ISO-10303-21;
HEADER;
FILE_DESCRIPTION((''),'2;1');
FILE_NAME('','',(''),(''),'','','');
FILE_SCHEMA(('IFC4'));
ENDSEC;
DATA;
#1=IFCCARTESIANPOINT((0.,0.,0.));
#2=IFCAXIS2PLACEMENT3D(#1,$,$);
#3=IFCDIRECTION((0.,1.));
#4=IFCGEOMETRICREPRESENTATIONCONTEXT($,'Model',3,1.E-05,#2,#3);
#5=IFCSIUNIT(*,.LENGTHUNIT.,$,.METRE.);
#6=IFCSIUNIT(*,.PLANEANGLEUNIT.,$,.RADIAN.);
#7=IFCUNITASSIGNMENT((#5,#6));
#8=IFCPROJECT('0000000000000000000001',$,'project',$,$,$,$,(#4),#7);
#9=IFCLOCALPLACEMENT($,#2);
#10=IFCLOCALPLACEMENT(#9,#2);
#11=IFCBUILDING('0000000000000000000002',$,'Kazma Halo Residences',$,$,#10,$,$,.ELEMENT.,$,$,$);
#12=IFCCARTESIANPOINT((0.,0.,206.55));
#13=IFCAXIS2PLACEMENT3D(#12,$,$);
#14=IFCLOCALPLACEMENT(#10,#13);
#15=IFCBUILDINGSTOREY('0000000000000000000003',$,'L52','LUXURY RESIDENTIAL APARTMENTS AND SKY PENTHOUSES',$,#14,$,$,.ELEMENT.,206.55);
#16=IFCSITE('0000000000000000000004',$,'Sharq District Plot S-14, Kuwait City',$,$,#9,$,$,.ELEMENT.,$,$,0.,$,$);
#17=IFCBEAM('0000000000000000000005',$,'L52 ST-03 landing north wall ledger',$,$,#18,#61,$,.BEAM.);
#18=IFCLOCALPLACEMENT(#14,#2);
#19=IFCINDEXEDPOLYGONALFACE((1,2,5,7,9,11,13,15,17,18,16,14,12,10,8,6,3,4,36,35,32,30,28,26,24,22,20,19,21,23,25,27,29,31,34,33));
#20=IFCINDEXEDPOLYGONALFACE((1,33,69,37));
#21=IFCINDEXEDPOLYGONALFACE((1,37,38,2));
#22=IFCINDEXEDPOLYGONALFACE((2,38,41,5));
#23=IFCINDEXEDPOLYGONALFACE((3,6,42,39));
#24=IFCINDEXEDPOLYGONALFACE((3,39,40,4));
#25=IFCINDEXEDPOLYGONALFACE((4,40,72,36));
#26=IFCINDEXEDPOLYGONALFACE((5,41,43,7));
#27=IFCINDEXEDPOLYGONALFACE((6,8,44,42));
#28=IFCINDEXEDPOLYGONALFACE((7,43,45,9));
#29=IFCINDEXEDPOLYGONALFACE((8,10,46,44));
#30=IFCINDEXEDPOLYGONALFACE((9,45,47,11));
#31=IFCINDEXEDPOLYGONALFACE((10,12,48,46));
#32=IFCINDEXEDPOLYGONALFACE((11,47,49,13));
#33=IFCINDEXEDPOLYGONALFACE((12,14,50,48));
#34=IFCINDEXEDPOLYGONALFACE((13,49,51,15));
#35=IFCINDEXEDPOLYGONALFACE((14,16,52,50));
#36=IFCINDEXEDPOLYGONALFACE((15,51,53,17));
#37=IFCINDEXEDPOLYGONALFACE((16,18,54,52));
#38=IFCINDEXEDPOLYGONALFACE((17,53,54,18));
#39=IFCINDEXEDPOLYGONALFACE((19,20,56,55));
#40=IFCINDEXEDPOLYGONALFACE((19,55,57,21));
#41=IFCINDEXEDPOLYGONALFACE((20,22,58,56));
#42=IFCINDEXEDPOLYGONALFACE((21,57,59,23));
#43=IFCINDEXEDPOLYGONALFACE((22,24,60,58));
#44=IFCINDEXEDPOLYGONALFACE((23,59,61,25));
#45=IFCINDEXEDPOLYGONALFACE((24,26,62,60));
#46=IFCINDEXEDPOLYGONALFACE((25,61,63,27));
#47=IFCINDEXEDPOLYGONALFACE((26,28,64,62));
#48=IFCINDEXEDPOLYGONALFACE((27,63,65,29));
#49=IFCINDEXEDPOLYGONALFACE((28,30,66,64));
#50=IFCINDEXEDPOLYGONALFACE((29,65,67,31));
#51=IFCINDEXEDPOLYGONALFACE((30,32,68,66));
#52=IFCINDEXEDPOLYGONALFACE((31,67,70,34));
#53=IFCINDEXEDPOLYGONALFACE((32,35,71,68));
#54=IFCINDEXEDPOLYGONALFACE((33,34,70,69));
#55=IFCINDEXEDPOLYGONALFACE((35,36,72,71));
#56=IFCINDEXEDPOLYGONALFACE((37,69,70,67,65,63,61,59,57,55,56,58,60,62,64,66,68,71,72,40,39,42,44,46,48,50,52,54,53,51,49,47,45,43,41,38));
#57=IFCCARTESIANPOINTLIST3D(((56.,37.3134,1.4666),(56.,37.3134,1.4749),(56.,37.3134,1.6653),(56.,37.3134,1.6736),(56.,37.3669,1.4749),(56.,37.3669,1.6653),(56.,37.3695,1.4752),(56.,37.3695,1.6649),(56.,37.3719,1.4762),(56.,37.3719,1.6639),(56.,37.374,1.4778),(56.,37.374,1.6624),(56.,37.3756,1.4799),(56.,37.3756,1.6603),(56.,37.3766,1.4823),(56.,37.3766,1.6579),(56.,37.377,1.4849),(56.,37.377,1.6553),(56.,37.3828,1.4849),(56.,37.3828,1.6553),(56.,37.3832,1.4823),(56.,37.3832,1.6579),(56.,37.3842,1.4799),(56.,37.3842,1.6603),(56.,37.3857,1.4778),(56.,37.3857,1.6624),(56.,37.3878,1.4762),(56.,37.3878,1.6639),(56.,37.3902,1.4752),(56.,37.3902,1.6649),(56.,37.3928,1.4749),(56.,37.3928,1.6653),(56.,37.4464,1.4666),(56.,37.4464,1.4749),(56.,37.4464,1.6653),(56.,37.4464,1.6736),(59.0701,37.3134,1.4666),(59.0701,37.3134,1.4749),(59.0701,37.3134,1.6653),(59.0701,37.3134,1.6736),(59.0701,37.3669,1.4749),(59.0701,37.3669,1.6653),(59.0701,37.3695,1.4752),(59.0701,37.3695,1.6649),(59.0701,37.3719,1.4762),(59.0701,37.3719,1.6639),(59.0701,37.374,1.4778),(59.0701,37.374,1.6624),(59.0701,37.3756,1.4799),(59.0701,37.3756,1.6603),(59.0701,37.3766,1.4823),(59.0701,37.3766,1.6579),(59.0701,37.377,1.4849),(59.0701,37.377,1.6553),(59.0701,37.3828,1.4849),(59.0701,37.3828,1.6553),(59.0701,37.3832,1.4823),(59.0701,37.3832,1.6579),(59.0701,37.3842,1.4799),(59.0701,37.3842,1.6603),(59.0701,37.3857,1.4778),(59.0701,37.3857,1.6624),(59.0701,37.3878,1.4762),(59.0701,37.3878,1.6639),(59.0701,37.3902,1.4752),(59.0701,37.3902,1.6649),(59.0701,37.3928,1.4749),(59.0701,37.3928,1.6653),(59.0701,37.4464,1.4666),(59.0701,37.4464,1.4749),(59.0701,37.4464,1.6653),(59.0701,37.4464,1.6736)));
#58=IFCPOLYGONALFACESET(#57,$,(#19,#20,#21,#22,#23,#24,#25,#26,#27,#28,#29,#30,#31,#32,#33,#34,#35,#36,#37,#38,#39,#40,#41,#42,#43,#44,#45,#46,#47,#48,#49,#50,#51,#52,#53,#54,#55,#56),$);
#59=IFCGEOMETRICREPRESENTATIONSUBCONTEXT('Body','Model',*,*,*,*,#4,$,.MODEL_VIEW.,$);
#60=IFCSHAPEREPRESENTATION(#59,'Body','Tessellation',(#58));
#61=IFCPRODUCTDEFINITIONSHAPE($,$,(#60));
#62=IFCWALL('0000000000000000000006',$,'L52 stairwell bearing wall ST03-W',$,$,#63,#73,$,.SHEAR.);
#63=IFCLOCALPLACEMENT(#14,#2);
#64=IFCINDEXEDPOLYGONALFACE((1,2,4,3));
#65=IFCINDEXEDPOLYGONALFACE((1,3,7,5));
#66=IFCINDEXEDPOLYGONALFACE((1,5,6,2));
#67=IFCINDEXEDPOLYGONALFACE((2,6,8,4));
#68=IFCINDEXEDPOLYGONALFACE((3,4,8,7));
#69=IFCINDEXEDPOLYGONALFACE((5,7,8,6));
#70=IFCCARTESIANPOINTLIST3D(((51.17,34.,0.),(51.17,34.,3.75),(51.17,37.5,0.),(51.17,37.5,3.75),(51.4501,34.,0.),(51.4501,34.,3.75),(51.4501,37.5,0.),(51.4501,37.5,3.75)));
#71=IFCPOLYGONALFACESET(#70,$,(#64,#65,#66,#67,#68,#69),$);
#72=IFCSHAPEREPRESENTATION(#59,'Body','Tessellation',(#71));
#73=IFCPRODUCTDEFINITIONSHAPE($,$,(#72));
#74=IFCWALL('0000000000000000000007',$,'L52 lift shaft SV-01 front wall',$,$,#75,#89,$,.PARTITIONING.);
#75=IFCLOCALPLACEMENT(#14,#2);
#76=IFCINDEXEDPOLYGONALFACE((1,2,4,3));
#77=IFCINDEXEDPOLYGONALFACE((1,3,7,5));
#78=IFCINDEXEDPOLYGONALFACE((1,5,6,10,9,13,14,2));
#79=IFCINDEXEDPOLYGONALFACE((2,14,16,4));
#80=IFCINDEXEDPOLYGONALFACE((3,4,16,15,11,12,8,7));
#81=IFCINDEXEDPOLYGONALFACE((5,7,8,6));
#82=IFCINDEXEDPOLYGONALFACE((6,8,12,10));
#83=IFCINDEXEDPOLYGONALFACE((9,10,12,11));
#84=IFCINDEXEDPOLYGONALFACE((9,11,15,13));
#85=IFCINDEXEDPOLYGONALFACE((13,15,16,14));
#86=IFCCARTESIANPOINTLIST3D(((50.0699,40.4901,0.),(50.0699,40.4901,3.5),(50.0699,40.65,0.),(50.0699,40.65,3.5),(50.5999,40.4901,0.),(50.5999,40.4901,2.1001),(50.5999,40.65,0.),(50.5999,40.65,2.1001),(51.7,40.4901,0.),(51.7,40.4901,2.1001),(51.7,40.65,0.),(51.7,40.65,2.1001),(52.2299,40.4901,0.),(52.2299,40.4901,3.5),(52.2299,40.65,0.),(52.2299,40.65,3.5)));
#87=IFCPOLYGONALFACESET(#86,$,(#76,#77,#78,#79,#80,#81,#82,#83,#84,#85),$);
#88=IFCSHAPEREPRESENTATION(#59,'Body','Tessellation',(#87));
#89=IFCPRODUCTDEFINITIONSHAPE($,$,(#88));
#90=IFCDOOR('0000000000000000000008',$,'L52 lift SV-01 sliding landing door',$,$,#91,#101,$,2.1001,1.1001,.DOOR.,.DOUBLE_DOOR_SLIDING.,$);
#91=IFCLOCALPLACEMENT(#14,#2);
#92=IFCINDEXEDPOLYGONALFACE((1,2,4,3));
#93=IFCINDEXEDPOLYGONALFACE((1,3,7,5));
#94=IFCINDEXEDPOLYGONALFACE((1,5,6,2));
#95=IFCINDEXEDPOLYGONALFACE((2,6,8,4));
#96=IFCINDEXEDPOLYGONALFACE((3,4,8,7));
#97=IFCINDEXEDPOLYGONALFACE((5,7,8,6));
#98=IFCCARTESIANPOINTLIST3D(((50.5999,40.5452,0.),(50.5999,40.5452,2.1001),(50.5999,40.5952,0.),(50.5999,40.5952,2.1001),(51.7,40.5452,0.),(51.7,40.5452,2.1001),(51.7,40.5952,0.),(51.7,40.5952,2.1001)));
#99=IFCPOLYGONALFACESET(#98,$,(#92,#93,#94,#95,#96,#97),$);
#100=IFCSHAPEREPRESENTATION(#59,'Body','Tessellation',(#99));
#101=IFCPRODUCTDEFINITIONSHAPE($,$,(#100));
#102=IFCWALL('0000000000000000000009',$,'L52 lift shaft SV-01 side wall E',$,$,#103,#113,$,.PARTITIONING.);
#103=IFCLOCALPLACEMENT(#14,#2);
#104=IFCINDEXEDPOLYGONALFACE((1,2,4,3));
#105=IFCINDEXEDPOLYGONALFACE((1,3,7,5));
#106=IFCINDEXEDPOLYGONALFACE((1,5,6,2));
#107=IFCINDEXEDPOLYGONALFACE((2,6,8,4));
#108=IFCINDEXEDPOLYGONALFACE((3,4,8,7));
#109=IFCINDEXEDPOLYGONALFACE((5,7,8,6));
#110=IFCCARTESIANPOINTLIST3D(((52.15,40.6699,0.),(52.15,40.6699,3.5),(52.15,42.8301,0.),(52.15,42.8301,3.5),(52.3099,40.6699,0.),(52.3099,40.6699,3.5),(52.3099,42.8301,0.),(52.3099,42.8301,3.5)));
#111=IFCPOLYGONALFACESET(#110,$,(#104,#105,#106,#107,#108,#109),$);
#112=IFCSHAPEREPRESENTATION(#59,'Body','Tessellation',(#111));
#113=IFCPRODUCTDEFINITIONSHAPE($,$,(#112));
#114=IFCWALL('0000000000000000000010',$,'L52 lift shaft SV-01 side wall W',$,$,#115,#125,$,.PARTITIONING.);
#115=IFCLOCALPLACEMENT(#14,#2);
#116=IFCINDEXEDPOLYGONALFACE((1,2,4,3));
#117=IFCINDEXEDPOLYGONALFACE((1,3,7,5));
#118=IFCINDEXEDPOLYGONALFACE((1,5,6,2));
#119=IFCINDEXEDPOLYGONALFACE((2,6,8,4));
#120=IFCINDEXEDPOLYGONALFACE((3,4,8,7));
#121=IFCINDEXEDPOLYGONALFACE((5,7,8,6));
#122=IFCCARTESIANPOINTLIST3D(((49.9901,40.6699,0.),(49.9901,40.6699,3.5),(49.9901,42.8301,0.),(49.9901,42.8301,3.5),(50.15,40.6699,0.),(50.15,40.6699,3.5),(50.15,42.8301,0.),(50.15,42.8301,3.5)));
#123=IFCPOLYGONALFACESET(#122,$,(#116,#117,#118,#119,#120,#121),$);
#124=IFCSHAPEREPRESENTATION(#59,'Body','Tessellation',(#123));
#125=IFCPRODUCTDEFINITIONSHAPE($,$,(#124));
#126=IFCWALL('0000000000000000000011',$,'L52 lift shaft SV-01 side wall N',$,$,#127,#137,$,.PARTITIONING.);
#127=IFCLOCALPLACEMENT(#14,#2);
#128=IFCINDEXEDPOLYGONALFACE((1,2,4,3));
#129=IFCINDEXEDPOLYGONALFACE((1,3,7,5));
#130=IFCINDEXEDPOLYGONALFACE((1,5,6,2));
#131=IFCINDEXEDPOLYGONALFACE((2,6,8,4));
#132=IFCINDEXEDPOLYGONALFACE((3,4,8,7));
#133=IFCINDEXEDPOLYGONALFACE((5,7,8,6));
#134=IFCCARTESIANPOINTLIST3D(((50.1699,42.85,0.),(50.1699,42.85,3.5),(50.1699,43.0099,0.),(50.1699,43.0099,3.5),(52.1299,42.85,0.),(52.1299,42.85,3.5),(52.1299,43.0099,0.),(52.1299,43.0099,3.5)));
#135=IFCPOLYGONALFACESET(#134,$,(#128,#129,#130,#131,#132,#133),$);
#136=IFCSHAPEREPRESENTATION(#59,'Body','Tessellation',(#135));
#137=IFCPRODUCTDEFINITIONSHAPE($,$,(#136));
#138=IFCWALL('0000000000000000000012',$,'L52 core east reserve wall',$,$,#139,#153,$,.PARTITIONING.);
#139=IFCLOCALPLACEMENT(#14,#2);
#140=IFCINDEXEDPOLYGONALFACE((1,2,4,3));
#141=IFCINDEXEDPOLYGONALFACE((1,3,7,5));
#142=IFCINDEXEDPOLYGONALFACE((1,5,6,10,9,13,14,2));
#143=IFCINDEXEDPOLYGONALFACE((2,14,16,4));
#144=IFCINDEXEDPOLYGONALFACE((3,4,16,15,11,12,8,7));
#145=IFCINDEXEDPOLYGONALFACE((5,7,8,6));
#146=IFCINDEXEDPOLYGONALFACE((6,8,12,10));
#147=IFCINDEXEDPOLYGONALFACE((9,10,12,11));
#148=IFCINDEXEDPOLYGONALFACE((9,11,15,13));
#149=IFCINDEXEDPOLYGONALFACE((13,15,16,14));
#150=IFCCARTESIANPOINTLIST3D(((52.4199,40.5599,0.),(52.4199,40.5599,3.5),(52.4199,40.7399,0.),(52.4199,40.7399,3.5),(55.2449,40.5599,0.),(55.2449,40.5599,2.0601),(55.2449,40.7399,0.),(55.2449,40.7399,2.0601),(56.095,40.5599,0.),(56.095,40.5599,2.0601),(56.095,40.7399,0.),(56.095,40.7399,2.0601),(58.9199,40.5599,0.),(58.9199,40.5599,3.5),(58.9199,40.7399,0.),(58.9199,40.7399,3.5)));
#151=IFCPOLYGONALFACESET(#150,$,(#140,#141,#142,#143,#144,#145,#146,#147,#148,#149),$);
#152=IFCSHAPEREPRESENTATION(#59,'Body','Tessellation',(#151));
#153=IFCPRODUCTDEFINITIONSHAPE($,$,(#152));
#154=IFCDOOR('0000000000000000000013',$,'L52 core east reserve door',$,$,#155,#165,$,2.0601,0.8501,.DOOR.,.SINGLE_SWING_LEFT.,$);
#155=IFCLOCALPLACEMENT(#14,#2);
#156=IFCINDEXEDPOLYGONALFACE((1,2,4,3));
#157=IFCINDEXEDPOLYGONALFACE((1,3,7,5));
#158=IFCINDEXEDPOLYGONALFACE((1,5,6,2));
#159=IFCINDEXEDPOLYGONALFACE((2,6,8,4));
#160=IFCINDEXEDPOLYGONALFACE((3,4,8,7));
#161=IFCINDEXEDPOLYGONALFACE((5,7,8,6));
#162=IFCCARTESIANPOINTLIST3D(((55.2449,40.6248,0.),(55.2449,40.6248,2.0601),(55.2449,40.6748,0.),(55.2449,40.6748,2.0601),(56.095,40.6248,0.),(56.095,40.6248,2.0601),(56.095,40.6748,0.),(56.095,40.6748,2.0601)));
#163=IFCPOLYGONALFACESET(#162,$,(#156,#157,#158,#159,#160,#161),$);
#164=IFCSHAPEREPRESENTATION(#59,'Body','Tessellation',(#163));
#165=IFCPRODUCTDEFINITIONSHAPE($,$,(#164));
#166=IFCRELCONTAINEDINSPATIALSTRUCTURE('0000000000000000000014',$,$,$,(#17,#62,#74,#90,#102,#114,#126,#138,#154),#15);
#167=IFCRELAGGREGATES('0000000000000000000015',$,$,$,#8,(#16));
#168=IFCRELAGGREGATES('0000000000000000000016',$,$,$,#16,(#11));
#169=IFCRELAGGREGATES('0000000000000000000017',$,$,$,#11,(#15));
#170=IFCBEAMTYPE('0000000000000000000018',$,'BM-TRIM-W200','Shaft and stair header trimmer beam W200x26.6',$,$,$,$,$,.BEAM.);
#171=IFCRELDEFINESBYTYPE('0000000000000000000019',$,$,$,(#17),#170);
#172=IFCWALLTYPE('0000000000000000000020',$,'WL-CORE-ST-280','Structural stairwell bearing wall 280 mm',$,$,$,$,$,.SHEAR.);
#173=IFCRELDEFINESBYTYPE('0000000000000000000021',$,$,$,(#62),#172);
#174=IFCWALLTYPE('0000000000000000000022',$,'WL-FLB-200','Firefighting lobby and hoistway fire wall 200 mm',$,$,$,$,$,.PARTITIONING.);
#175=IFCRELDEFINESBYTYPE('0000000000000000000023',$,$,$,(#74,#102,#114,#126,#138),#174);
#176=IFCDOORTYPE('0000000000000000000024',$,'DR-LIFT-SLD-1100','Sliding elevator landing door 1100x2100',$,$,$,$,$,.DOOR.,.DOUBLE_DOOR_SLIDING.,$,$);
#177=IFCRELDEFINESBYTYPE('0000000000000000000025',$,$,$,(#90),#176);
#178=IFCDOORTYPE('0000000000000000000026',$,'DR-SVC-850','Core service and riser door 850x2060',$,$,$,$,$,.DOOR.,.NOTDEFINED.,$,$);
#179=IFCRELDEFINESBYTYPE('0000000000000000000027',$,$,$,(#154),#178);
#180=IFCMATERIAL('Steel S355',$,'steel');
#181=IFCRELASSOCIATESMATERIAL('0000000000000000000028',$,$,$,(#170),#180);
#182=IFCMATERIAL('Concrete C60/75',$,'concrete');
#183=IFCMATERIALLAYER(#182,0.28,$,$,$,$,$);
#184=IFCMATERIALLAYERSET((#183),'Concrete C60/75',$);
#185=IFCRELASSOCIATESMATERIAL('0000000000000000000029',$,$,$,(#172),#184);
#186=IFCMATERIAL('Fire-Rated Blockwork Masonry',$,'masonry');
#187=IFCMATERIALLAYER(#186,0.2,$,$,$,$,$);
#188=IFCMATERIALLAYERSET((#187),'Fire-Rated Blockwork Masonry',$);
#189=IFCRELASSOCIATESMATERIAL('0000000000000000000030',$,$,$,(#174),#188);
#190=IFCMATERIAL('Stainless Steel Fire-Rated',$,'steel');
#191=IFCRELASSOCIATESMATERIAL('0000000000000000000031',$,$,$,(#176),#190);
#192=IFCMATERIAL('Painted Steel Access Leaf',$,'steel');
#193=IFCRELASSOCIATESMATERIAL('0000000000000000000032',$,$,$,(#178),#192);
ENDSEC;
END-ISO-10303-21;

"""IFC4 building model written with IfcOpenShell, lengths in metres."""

from ifc_helpers import new_model, si_unit, direction, frame, frame_2d, origin, origin_2d, place, context, subcontext, project, spatial, rectangle, i_section, extrude, material, layer, layer_set, material_profile, profile_set, type_object, element, fill, save


model = new_model("IFC4")

# Units and contexts
model_context = context("Model", 3, precision=1e-05, world=origin(), true_north=direction((0.0, 1.0)))
body_context = subcontext(model_context, "Body", "Model", "MODEL_VIEW")
ifc_project = project(units=[si_unit("LENGTHUNIT", "METRE"), si_unit("PLANEANGLEUNIT", "RADIAN")], contexts=[model_context])

# Site, building, storey
site_placement = place(None, origin())
site = spatial("IfcSite", under=ifc_project, at=site_placement, Name="Sharq District Plot S-14, Kuwait City", CompositionType="ELEMENT", RefElevation=0.0)
building_placement = place(site_placement, origin())
building = spatial("IfcBuilding", under=site, at=building_placement, Name="Kazma Halo Residences", CompositionType="ELEMENT")
storey_placement = place(building_placement, frame((0.0, 0.0, 206.55)))
storey = spatial("IfcBuildingStorey", under=building, at=storey_placement, Name="L52", Description="LUXURY RESIDENTIAL APARTMENTS AND SKY PENTHOUSES", CompositionType="ELEMENT", Elevation=206.55)

# Shared definitions
ifc_material_1 = material(Name="Steel S355", Category="steel")

# Beam
ifc_material_profile_1 = material_profile(ifc_material_1, i_section(OverallWidth=0.1331, OverallDepth=0.207, WebThickness=0.0059, FlangeThickness=0.0083, FilletRadius=0.01, at=origin_2d()), Name="W200x26.6")
ifc_profile_set_1 = profile_set([ifc_material_profile_1], Name="Steel S355")
beam_type = type_object("IfcBeamType", Name="BM-TRIM-W200", Description="Shaft and stair header trimmer beam W200x26.6", PredefinedType="BEAM", material=ifc_profile_set_1)
beam_1_placement = place(storey_placement, frame((56.0, 37.3799, 1.5701), z_axis=(1.0, 0.0, 0.0), x_axis=(0.0, 1.0, 0.0)))
element("IfcBeam", 1, at=beam_1_placement, inside=storey, type_object=beam_type, Name="L52 ST-03 landing north wall ledger", PredefinedType="BEAM", context=body_context, shape_type="SweptSolid", body=[
    extrude(i_section(OverallWidth=0.1331, OverallDepth=0.207, WebThickness=0.0059, FlangeThickness=0.0083, FilletRadius=0.01, at=origin_2d()), origin(), (0.0, 0.0, 1.0), 3.0701),
])

# Wall
ifc_material_2 = material(Name="Concrete C60/75", Category="concrete")
ifc_layer_1 = layer(ifc_material_2, 0.28)
ifc_layer_set_1 = layer_set([ifc_layer_1], Name="Concrete C60/75")
wall_type_1 = type_object("IfcWallType", Name="WL-CORE-ST-280", Description="Structural stairwell bearing wall 280 mm", PredefinedType="SHEAR", material=ifc_layer_set_1)
wall_1_placement = place(storey_placement, frame((51.3101, 34.0, 0.0), z_axis=(0.0, 0.0, 1.0), x_axis=(0.0, 1.0, 0.0)))
element("IfcWall", 2, at=wall_1_placement, inside=storey, type_object=wall_type_1, Name="L52 stairwell bearing wall ST03-W", PredefinedType="SHEAR", context=body_context, shape_type="SweptSolid", body=[
    extrude(rectangle(XDim=3.5, YDim=0.28, at=frame_2d((1.75, 0.0))), origin(), (0.0, 0.0, 1.0), 3.75),
])

# Wall, opening, door
ifc_material_3 = material(Name="Fire-Rated Blockwork Masonry", Category="masonry")
ifc_layer_2 = layer(ifc_material_3, 0.2)
ifc_layer_set_2 = layer_set([ifc_layer_2], Name="Fire-Rated Blockwork Masonry")
wall_type_2 = type_object("IfcWallType", Name="WL-FLB-200", Description="Firefighting lobby and hoistway fire wall 200 mm", PredefinedType="PARTITIONING", material=ifc_layer_set_2)
wall_2_placement = place(storey_placement, frame((52.23, 40.5701, 0.0), z_axis=(0.0, 0.0, 1.0), x_axis=(-1.0, 0.0, 0.0)))
wall_2 = element("IfcWall", 3, at=wall_2_placement, inside=storey, type_object=wall_type_2, Name="L52 lift shaft SV-01 front wall", PredefinedType="PARTITIONING", context=body_context, shape_type="SweptSolid", body=[
    extrude(rectangle(XDim=2.1599, YDim=0.1599, at=frame_2d((1.0801, 0.0))), origin(), (0.0, 0.0, 1.0), 3.5),
])
opening_1_placement = place(wall_2_placement, frame((0.53, 0.0, 0.0)))
opening_1 = element("IfcOpeningElement", 4, at=opening_1_placement, cuts=wall_2, PredefinedType="OPENING", context=body_context, shape_type="SweptSolid", body=[
    extrude(rectangle(XDim=1.1001, YDim=2.1001, at=frame_2d((0.55, 1.05))), frame((0.0, 0.0898, 0.0), z_axis=(0.0, -1.0, 0.0), x_axis=(1.0, 0.0, 0.0)), (0.0, 0.0, 1.0), 0.1799),
])
ifc_material_4 = material(Name="Stainless Steel Fire-Rated", Category="steel")
door_type_1 = type_object("IfcDoorType", Name="DR-LIFT-SLD-1100", Description="Sliding elevator landing door 1100x2100", OperationType="DOUBLE_DOOR_SLIDING", PredefinedType="DOOR", material=ifc_material_4)
door_1_placement = place(opening_1_placement, origin())
door_1 = element("IfcDoor", 5, at=door_1_placement, inside=storey, type_object=door_type_1, Name="L52 lift SV-01 sliding landing door", OperationType="DOUBLE_DOOR_SLIDING", OverallHeight=2.1001, OverallWidth=1.1001, PredefinedType="DOOR", context=body_context, shape_type="SweptSolid", body=[
    extrude(rectangle(XDim=1.1001, YDim=2.1001, at=frame_2d((0.55, 1.05))), frame((0.0, 0.0249, 0.0), z_axis=(0.0, -1.0, 0.0), x_axis=(1.0, 0.0, 0.0)), (0.0, 0.0, 1.0), 0.05),
])
fill(opening_1, door_1)

# Walls
for number, where, z_axis, x_axis, name in (
    (6, (52.23, 40.6699, 0.0), (0.0, 0.0, 1.0), (0.0, 1.0, 0.0), "L52 lift shaft SV-01 side wall E"),
    (7, (50.0701, 40.6699, 0.0), (0.0, 0.0, 1.0), (0.0, 1.0, 0.0), "L52 lift shaft SV-01 side wall W"),
):
    element("IfcWall", number, at=place(storey_placement, frame(where, z_axis=z_axis, x_axis=x_axis)), inside=storey, type_object=wall_type_2, Name=name, PredefinedType="PARTITIONING", context=body_context, shape_type="SweptSolid", body=[
        extrude(rectangle(XDim=2.1602, YDim=0.1599, at=frame_2d((1.0801, 0.0))), origin(), (0.0, 0.0, 1.0), 3.5),
    ])
wall_3_placement = place(storey_placement, frame((50.1699, 42.9299, 0.0), z_axis=(0.0, 0.0, 1.0), x_axis=(1.0, 0.0, 0.0)))
element("IfcWall", 8, at=wall_3_placement, inside=storey, type_object=wall_type_2, Name="L52 lift shaft SV-01 side wall N", PredefinedType="PARTITIONING", context=body_context, shape_type="SweptSolid", body=[
    extrude(rectangle(XDim=1.96, YDim=0.1599, at=frame_2d((0.98, 0.0))), origin(), (0.0, 0.0, 1.0), 3.5),
])

# Wall, opening, door
wall_4_placement = place(storey_placement, frame((52.4199, 40.6499, 0.0), z_axis=(0.0, 0.0, 1.0), x_axis=(1.0, 0.0, 0.0)))
wall_4 = element("IfcWall", 9, at=wall_4_placement, inside=storey, type_object=wall_type_2, Name="L52 core east reserve wall", PredefinedType="PARTITIONING", context=body_context, shape_type="SweptSolid", body=[
    extrude(rectangle(XDim=6.5, YDim=0.1799, at=frame_2d((3.25, 0.0))), origin(), (0.0, 0.0, 1.0), 3.5),
])
opening_2_placement = place(wall_4_placement, frame((2.825, 0.0, 0.0)))
opening_2 = element("IfcOpeningElement", 10, at=opening_2_placement, cuts=wall_4, PredefinedType="OPENING", context=body_context, shape_type="SweptSolid", body=[
    extrude(rectangle(XDim=0.8501, YDim=2.0601, at=frame_2d((0.425, 1.03))), frame((0.0, 0.0999, 0.0), z_axis=(0.0, -1.0, 0.0), x_axis=(1.0, 0.0, 0.0)), (0.0, 0.0, 1.0), 0.2),
])
ifc_material_5 = material(Name="Painted Steel Access Leaf", Category="steel")
door_type_2 = type_object("IfcDoorType", Name="DR-SVC-850", Description="Core service and riser door 850x2060", OperationType="NOTDEFINED", PredefinedType="DOOR", material=ifc_material_5)
door_2_placement = place(opening_2_placement, origin())
door_2 = element("IfcDoor", 11, at=door_2_placement, inside=storey, type_object=door_type_2, Name="L52 core east reserve door", OperationType="SINGLE_SWING_LEFT", OverallHeight=2.0601, OverallWidth=0.8501, PredefinedType="DOOR", context=body_context, shape_type="SweptSolid", body=[
    extrude(rectangle(XDim=0.8501, YDim=2.0601, at=frame_2d((0.425, 1.03))), frame((0.0, 0.0249, 0.0), z_axis=(0.0, -1.0, 0.0), x_axis=(1.0, 0.0, 0.0)), (0.0, 0.0, 1.0), 0.05),
])
fill(opening_2, door_2)

save(model, "model.ifc")
